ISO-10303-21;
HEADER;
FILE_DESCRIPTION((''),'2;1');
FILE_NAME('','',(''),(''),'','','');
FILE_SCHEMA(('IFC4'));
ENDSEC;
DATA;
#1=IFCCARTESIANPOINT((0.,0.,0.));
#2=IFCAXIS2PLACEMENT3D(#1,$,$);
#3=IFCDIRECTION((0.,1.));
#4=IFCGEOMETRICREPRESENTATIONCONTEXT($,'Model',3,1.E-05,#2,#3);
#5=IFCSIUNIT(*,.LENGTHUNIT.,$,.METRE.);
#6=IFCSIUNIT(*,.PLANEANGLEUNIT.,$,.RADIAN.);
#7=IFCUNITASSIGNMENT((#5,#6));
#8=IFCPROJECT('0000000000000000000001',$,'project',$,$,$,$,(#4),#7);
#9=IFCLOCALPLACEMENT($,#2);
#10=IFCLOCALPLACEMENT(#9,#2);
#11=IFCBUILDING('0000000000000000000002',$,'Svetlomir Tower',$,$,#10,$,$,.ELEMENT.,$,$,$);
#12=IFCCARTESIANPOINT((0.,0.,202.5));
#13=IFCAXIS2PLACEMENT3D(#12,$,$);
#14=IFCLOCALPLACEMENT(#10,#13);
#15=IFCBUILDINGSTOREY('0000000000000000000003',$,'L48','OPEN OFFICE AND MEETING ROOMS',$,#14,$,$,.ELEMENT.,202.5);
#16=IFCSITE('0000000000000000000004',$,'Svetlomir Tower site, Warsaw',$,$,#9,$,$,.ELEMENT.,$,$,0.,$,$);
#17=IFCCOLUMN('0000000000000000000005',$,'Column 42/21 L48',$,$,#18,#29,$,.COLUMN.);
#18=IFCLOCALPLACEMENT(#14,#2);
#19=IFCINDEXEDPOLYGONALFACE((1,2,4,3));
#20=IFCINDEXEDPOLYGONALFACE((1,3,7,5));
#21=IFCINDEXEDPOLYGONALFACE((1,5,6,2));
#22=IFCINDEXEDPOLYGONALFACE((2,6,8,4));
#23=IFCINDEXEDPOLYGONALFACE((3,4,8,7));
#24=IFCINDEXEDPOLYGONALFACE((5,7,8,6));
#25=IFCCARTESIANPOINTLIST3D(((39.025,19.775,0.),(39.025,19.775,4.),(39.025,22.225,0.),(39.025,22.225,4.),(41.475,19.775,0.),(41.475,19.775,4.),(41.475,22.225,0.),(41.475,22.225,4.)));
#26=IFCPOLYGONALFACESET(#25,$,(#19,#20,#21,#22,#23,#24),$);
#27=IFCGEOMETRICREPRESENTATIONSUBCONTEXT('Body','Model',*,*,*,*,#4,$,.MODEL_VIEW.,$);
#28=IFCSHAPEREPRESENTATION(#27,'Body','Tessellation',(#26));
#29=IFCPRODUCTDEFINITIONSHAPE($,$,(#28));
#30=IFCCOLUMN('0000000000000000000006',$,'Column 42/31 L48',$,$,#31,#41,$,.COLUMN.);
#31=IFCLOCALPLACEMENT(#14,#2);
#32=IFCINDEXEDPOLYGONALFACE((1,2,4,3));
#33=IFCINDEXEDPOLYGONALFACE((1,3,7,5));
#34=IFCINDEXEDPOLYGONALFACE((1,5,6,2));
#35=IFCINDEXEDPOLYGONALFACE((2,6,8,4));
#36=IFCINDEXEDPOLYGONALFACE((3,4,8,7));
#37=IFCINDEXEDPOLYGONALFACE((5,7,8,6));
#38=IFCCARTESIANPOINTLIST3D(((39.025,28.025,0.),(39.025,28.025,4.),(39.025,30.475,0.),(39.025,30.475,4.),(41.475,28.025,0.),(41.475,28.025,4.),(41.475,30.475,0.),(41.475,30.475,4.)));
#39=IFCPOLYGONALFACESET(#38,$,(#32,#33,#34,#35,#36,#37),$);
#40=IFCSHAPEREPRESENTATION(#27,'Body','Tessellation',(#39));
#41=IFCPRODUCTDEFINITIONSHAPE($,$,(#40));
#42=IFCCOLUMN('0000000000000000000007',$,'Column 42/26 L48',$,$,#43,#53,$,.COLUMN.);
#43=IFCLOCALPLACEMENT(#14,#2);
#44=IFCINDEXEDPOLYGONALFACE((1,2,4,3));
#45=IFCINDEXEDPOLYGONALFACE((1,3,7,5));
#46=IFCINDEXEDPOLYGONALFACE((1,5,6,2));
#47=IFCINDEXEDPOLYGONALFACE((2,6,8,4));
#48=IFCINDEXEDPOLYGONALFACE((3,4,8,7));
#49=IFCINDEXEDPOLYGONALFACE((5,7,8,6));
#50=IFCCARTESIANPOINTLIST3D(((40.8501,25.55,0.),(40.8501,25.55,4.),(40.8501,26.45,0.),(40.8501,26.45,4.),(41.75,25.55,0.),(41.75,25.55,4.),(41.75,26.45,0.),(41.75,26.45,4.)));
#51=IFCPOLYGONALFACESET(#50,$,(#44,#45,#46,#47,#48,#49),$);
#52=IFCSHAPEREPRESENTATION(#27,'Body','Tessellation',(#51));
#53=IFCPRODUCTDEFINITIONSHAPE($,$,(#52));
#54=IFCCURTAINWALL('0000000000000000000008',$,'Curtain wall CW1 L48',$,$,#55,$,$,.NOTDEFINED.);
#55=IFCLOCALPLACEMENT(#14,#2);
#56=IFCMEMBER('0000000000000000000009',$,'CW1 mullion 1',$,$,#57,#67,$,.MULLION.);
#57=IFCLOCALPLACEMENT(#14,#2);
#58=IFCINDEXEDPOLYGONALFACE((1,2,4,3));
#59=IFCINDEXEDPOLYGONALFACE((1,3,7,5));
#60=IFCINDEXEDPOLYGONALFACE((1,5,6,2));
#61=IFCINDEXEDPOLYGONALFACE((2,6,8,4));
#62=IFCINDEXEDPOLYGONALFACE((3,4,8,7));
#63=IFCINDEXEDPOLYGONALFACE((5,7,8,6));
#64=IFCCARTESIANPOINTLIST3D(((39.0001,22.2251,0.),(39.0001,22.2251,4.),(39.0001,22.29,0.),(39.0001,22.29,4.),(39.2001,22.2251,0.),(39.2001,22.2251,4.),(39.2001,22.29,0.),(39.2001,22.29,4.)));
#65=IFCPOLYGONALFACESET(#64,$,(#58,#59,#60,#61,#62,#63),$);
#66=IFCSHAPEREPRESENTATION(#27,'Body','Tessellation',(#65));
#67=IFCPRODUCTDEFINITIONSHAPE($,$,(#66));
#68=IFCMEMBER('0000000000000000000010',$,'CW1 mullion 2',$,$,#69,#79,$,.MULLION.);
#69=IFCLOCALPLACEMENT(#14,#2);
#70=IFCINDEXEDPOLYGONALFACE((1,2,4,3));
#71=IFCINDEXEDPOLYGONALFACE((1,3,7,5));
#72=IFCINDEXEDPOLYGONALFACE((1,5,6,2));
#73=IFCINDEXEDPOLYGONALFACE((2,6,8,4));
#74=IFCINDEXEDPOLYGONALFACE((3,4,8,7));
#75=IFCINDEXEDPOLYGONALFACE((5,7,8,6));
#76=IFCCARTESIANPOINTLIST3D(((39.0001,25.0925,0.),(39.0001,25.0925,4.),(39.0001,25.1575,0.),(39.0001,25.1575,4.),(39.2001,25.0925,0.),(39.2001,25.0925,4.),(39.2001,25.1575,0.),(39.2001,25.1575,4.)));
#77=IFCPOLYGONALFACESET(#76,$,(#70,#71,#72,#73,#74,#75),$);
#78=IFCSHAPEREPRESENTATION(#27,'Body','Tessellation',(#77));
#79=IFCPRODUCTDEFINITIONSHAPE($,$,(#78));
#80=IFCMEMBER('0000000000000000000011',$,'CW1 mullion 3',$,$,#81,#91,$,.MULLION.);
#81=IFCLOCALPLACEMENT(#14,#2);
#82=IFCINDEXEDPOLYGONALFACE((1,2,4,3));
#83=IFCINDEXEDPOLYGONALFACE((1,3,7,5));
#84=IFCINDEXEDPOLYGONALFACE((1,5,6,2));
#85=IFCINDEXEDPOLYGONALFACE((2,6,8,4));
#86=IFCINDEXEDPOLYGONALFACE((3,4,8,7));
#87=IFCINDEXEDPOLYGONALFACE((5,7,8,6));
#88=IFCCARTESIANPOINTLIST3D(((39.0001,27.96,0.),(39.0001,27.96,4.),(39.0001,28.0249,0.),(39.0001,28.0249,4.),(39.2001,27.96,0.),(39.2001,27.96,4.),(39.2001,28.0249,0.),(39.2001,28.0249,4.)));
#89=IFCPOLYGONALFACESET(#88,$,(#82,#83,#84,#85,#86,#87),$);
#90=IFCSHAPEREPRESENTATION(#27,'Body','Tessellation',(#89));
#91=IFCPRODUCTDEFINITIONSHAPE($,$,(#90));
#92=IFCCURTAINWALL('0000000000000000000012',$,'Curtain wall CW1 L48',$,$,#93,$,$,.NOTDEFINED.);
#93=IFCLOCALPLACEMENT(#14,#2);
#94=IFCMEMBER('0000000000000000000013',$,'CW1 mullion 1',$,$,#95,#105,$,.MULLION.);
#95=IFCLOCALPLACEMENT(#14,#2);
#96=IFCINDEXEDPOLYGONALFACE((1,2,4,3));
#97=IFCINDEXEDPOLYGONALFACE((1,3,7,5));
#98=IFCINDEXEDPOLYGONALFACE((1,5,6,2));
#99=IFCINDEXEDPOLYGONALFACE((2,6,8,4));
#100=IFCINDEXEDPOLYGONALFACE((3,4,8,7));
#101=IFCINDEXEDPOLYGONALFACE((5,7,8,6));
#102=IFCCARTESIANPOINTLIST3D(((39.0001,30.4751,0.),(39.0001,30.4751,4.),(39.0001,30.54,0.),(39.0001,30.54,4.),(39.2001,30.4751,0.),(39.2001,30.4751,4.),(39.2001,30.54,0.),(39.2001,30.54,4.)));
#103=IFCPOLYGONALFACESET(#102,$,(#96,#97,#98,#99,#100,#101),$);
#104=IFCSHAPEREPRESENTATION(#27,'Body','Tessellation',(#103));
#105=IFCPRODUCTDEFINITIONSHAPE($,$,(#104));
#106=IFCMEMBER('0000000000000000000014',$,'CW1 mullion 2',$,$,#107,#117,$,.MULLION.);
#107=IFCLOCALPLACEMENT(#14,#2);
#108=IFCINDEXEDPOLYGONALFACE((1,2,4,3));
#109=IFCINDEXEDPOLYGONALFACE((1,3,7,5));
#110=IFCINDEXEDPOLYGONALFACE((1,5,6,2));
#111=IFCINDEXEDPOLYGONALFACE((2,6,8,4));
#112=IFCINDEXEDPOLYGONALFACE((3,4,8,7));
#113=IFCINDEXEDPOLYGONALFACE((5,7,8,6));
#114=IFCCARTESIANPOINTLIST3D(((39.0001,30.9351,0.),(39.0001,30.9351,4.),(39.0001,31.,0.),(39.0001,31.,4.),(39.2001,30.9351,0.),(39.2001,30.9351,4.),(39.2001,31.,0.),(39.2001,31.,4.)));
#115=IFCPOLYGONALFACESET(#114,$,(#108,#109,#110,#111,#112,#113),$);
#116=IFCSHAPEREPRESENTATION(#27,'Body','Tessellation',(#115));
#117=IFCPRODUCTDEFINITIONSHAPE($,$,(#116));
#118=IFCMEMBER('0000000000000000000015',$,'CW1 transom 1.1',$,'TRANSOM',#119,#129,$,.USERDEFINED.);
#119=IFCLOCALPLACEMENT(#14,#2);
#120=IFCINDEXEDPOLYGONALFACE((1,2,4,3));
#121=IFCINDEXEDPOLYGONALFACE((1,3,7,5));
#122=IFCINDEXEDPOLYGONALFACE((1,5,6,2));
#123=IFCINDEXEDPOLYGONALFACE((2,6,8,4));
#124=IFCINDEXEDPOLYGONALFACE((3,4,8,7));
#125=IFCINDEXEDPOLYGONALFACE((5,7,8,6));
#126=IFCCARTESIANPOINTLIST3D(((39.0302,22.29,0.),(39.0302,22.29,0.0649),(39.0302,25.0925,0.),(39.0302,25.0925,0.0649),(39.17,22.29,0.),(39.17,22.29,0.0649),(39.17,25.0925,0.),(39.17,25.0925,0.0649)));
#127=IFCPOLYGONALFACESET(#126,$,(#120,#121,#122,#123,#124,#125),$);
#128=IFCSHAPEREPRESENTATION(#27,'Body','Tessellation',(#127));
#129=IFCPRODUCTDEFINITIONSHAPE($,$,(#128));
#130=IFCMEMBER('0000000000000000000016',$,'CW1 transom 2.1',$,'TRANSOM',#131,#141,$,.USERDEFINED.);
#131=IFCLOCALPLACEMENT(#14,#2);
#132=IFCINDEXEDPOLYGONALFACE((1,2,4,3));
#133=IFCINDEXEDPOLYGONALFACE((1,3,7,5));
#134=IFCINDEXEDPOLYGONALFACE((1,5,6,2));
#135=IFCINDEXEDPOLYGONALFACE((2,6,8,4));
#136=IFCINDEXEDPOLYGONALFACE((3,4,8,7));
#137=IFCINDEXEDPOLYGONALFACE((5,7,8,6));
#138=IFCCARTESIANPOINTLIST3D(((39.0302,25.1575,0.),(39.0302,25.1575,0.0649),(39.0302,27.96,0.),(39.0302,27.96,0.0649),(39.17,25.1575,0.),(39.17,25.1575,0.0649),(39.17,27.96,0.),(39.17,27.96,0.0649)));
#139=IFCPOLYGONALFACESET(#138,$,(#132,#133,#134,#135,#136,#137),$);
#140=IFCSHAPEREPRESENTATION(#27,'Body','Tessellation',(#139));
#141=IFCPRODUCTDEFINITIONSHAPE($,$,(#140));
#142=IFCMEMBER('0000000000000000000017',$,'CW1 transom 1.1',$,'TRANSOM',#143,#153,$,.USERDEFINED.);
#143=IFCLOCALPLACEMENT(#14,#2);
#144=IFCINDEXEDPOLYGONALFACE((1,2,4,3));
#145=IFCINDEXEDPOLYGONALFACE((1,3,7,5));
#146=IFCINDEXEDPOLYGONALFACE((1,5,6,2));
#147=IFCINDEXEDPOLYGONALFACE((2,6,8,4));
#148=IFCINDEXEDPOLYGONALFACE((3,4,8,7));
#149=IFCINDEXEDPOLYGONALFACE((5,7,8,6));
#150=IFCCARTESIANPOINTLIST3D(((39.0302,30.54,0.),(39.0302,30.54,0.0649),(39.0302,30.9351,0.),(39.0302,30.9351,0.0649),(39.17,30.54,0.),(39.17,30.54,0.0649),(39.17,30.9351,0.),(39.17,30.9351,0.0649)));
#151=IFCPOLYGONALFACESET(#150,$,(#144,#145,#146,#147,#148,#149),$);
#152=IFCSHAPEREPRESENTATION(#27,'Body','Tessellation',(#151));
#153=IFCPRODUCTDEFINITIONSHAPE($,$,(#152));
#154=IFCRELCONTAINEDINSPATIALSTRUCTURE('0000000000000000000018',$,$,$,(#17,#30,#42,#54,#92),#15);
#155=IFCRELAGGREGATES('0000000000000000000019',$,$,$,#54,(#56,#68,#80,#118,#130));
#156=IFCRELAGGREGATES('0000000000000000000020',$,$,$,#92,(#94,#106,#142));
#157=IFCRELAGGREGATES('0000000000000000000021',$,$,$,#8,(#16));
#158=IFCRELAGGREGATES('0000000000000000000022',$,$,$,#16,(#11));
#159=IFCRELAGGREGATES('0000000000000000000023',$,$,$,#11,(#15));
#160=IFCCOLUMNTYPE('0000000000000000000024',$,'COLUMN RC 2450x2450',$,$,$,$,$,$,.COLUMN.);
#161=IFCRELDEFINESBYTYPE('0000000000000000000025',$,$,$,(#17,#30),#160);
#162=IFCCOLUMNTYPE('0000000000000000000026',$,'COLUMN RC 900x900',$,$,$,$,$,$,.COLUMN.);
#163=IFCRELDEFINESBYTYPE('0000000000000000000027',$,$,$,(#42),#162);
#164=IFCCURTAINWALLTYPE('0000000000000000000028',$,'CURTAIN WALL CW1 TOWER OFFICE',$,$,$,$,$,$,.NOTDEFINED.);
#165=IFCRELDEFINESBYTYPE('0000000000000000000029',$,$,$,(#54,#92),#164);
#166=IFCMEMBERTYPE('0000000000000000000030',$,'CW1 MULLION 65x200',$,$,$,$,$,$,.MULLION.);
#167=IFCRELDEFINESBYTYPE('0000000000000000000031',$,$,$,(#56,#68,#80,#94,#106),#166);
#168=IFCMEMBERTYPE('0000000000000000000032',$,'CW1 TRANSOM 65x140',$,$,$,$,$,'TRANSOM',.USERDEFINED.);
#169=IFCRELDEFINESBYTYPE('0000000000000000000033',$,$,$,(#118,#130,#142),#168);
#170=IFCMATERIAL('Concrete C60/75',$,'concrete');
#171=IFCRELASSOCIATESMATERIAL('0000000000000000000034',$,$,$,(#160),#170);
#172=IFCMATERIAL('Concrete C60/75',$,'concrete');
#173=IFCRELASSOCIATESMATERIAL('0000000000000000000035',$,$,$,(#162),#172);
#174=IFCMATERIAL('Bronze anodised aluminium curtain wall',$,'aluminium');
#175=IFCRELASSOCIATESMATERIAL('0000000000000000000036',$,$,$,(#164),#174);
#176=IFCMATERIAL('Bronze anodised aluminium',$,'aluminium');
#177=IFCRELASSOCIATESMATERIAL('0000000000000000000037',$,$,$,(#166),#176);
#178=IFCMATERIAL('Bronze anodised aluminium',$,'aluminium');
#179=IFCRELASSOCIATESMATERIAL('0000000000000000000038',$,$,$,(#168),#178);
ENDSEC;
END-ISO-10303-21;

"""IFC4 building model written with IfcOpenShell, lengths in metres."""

from ifc_helpers import new_model, si_unit, direction, frame, origin, origin_2d, place, context, subcontext, project, spatial, rectangle, extrude, material, material_profile, profile_set, type_object, element, aggregate, save


model = new_model("IFC4")

# Units and contexts
model_context = context("Model", 3, precision=1e-05, world=origin(), true_north=direction((0.0, 1.0)))
body_context = subcontext(model_context, "Body", "Model", "MODEL_VIEW")
ifc_project = project(units=[si_unit("LENGTHUNIT", "METRE"), si_unit("PLANEANGLEUNIT", "RADIAN")], contexts=[model_context])

# Site, building, storey
site_placement = place(None, origin())
site = spatial("IfcSite", under=ifc_project, at=site_placement, Name="Svetlomir Tower site, Warsaw", CompositionType="ELEMENT", RefElevation=0.0)
building_placement = place(site_placement, origin())
building = spatial("IfcBuilding", under=site, at=building_placement, Name="Svetlomir Tower", CompositionType="ELEMENT")
storey_placement = place(building_placement, frame((0.0, 0.0, 202.5)))
storey = spatial("IfcBuildingStorey", under=building, at=storey_placement, Name="L48", Description="OPEN OFFICE AND MEETING ROOMS", CompositionType="ELEMENT", Elevation=202.5)

# Columns
ifc_material_1 = material(Name="Concrete C60/75", Category="concrete")
ifc_material_profile_1 = material_profile(ifc_material_1, rectangle(XDim=2.45, YDim=2.45, at=origin_2d()), Name="RC 2450x2450")
ifc_profile_set_1 = profile_set([ifc_material_profile_1], Name="Concrete C60/75")
column_type_1 = type_object("IfcColumnType", Name="COLUMN RC 2450x2450", PredefinedType="COLUMN", material=ifc_profile_set_1)
for number, where, z_axis, x_axis, name in (
    (1, (40.25, 21.0, 0.0), (0.0, 0.0, 1.0), (1.0, 0.0, 0.0), "Column 42/21 L48"),
    (2, (40.25, 29.25, 0.0), (0.0, 0.0, 1.0), (1.0, 0.0, 0.0), "Column 42/31 L48"),
):
    element("IfcColumn", number, at=place(storey_placement, frame(where, z_axis=z_axis, x_axis=x_axis)), inside=storey, type_object=column_type_1, Name=name, PredefinedType="COLUMN", context=body_context, shape_type="SweptSolid", body=[
        extrude(rectangle(XDim=2.45, YDim=2.45, at=origin_2d()), origin(), (0.0, 0.0, 1.0), 4.0),
    ])
ifc_material_2 = material(Name="Concrete C60/75", Category="concrete")
ifc_material_profile_2 = material_profile(ifc_material_2, rectangle(XDim=0.8999, YDim=0.8999, at=origin_2d()), Name="RC 900x900")
ifc_profile_set_2 = profile_set([ifc_material_profile_2], Name="Concrete C60/75")
column_type_2 = type_object("IfcColumnType", Name="COLUMN RC 900x900", PredefinedType="COLUMN", material=ifc_profile_set_2)
column_placement = place(storey_placement, frame((41.3, 26.0, 0.0), z_axis=(0.0, 0.0, 1.0), x_axis=(1.0, 0.0, 0.0)))
element("IfcColumn", 3, at=column_placement, inside=storey, type_object=column_type_2, Name="Column 42/26 L48", PredefinedType="COLUMN", context=body_context, shape_type="SweptSolid", body=[
    extrude(rectangle(XDim=0.8999, YDim=0.8999, at=origin_2d()), origin(), (0.0, 0.0, 1.0), 4.0),
])

# Curtain walls, members
ifc_material_3 = material(Name="Bronze anodised aluminium curtain wall", Category="aluminium")
curtain_wall_type = type_object("IfcCurtainWallType", Name="CURTAIN WALL CW1 TOWER OFFICE", PredefinedType="NOTDEFINED", material=ifc_material_3)
curtain_wall_1_placement = place(storey_placement, origin())
curtain_wall_1 = element("IfcCurtainWall", 4, at=curtain_wall_1_placement, inside=storey, type_object=curtain_wall_type, Name="Curtain wall CW1 L48", PredefinedType="NOTDEFINED")
ifc_material_4 = material(Name="Bronze anodised aluminium", Category="aluminium")
ifc_material_profile_3 = material_profile(ifc_material_4, rectangle(XDim=0.0649, YDim=0.2, at=origin_2d()), Name="AL 65x200")
ifc_profile_set_3 = profile_set([ifc_material_profile_3], Name="Bronze anodised aluminium 6063-T6")
member_type_1 = type_object("IfcMemberType", Name="CW1 MULLION 65x200", PredefinedType="MULLION", material=ifc_profile_set_3)
member_1_placement = place(storey_placement, frame((39.1001, 22.2576, 0.0), z_axis=(0.0, 0.0, 1.0), x_axis=(0.0, 1.0, 0.0)))
member_1 = element("IfcMember", 5, at=member_1_placement, type_object=member_type_1, Name="CW1 mullion 1", PredefinedType="MULLION", context=body_context, shape_type="SweptSolid", body=[
    extrude(rectangle(XDim=0.0649, YDim=0.2, at=origin_2d()), origin(), (0.0, 0.0, 1.0), 4.0),
])
member_2_placement = place(storey_placement, frame((39.1001, 25.125, 0.0), z_axis=(0.0, 0.0, 1.0), x_axis=(0.0, 1.0, 0.0)))
member_2 = element("IfcMember", 6, at=member_2_placement, type_object=member_type_1, Name="CW1 mullion 2", PredefinedType="MULLION", context=body_context, shape_type="SweptSolid", body=[
    extrude(rectangle(XDim=0.0649, YDim=0.2, at=origin_2d()), origin(), (0.0, 0.0, 1.0), 4.0),
])
member_3_placement = place(storey_placement, frame((39.1001, 27.9924, 0.0), z_axis=(0.0, 0.0, 1.0), x_axis=(0.0, 1.0, 0.0)))
member_3 = element("IfcMember", 7, at=member_3_placement, type_object=member_type_1, Name="CW1 mullion 3", PredefinedType="MULLION", context=body_context, shape_type="SweptSolid", body=[
    extrude(rectangle(XDim=0.0649, YDim=0.2, at=origin_2d()), origin(), (0.0, 0.0, 1.0), 4.0),
])
curtain_wall_2_placement = place(storey_placement, origin())
curtain_wall_2 = element("IfcCurtainWall", 8, at=curtain_wall_2_placement, inside=storey, type_object=curtain_wall_type, Name="Curtain wall CW1 L48", PredefinedType="NOTDEFINED")
member_4_placement = place(storey_placement, frame((39.1001, 30.5076, 0.0), z_axis=(0.0, 0.0, 1.0), x_axis=(0.0, 1.0, 0.0)))
member_4 = element("IfcMember", 9, at=member_4_placement, type_object=member_type_1, Name="CW1 mullion 1", PredefinedType="MULLION", context=body_context, shape_type="SweptSolid", body=[
    extrude(rectangle(XDim=0.0649, YDim=0.2, at=origin_2d()), origin(), (0.0, 0.0, 1.0), 4.0),
])
member_5_placement = place(storey_placement, frame((39.1001, 30.9675, 0.0), z_axis=(0.0, 0.0, 1.0), x_axis=(0.0, 1.0, 0.0)))
member_5 = element("IfcMember", 10, at=member_5_placement, type_object=member_type_1, Name="CW1 mullion 2", PredefinedType="MULLION", context=body_context, shape_type="SweptSolid", body=[
    extrude(rectangle(XDim=0.0649, YDim=0.2, at=origin_2d()), origin(), (0.0, 0.0, 1.0), 4.0),
])

# Members
ifc_material_5 = material(Name="Bronze anodised aluminium", Category="aluminium")
ifc_material_profile_4 = material_profile(ifc_material_5, rectangle(XDim=0.1399, YDim=0.0649, at=origin_2d()), Name="AL 140x65")
ifc_profile_set_4 = profile_set([ifc_material_profile_4], Name="Bronze anodised aluminium 6063-T6")
member_type_2 = type_object("IfcMemberType", Name="CW1 TRANSOM 65x140", ElementType="TRANSOM", PredefinedType="USERDEFINED", material=ifc_profile_set_4)
member_6_placement = place(storey_placement, frame((39.1001, 22.29, 0.0325), z_axis=(0.0, 1.0, 0.0), x_axis=(-1.0, 0.0, 0.0)))
member_6 = element("IfcMember", 11, at=member_6_placement, type_object=member_type_2, Name="CW1 transom 1.1", ObjectType="TRANSOM", PredefinedType="USERDEFINED", context=body_context, shape_type="SweptSolid", body=[
    extrude(rectangle(XDim=0.1399, YDim=0.0649, at=origin_2d()), origin(), (0.0, 0.0, 1.0), 2.8025),
])
member_7_placement = place(storey_placement, frame((39.1001, 25.1575, 0.0325), z_axis=(0.0, 1.0, 0.0), x_axis=(-1.0, 0.0, 0.0)))
member_7 = element("IfcMember", 12, at=member_7_placement, type_object=member_type_2, Name="CW1 transom 2.1", ObjectType="TRANSOM", PredefinedType="USERDEFINED", context=body_context, shape_type="SweptSolid", body=[
    extrude(rectangle(XDim=0.1399, YDim=0.0649, at=origin_2d()), origin(), (0.0, 0.0, 1.0), 2.8025),
])
member_8_placement = place(storey_placement, frame((39.1001, 30.54, 0.0325), z_axis=(0.0, 1.0, 0.0), x_axis=(-1.0, 0.0, 0.0)))
member_8 = element("IfcMember", 13, at=member_8_placement, type_object=member_type_2, Name="CW1 transom 1.1", ObjectType="TRANSOM", PredefinedType="USERDEFINED", context=body_context, shape_type="SweptSolid", body=[
    extrude(rectangle(XDim=0.1399, YDim=0.0649, at=origin_2d()), origin(), (0.0, 0.0, 1.0), 0.395),
])

aggregate(curtain_wall_1, [member_1, member_2, member_3, member_6, member_7])
aggregate(curtain_wall_2, [member_4, member_5, member_8])

save(model, "model.ifc")
